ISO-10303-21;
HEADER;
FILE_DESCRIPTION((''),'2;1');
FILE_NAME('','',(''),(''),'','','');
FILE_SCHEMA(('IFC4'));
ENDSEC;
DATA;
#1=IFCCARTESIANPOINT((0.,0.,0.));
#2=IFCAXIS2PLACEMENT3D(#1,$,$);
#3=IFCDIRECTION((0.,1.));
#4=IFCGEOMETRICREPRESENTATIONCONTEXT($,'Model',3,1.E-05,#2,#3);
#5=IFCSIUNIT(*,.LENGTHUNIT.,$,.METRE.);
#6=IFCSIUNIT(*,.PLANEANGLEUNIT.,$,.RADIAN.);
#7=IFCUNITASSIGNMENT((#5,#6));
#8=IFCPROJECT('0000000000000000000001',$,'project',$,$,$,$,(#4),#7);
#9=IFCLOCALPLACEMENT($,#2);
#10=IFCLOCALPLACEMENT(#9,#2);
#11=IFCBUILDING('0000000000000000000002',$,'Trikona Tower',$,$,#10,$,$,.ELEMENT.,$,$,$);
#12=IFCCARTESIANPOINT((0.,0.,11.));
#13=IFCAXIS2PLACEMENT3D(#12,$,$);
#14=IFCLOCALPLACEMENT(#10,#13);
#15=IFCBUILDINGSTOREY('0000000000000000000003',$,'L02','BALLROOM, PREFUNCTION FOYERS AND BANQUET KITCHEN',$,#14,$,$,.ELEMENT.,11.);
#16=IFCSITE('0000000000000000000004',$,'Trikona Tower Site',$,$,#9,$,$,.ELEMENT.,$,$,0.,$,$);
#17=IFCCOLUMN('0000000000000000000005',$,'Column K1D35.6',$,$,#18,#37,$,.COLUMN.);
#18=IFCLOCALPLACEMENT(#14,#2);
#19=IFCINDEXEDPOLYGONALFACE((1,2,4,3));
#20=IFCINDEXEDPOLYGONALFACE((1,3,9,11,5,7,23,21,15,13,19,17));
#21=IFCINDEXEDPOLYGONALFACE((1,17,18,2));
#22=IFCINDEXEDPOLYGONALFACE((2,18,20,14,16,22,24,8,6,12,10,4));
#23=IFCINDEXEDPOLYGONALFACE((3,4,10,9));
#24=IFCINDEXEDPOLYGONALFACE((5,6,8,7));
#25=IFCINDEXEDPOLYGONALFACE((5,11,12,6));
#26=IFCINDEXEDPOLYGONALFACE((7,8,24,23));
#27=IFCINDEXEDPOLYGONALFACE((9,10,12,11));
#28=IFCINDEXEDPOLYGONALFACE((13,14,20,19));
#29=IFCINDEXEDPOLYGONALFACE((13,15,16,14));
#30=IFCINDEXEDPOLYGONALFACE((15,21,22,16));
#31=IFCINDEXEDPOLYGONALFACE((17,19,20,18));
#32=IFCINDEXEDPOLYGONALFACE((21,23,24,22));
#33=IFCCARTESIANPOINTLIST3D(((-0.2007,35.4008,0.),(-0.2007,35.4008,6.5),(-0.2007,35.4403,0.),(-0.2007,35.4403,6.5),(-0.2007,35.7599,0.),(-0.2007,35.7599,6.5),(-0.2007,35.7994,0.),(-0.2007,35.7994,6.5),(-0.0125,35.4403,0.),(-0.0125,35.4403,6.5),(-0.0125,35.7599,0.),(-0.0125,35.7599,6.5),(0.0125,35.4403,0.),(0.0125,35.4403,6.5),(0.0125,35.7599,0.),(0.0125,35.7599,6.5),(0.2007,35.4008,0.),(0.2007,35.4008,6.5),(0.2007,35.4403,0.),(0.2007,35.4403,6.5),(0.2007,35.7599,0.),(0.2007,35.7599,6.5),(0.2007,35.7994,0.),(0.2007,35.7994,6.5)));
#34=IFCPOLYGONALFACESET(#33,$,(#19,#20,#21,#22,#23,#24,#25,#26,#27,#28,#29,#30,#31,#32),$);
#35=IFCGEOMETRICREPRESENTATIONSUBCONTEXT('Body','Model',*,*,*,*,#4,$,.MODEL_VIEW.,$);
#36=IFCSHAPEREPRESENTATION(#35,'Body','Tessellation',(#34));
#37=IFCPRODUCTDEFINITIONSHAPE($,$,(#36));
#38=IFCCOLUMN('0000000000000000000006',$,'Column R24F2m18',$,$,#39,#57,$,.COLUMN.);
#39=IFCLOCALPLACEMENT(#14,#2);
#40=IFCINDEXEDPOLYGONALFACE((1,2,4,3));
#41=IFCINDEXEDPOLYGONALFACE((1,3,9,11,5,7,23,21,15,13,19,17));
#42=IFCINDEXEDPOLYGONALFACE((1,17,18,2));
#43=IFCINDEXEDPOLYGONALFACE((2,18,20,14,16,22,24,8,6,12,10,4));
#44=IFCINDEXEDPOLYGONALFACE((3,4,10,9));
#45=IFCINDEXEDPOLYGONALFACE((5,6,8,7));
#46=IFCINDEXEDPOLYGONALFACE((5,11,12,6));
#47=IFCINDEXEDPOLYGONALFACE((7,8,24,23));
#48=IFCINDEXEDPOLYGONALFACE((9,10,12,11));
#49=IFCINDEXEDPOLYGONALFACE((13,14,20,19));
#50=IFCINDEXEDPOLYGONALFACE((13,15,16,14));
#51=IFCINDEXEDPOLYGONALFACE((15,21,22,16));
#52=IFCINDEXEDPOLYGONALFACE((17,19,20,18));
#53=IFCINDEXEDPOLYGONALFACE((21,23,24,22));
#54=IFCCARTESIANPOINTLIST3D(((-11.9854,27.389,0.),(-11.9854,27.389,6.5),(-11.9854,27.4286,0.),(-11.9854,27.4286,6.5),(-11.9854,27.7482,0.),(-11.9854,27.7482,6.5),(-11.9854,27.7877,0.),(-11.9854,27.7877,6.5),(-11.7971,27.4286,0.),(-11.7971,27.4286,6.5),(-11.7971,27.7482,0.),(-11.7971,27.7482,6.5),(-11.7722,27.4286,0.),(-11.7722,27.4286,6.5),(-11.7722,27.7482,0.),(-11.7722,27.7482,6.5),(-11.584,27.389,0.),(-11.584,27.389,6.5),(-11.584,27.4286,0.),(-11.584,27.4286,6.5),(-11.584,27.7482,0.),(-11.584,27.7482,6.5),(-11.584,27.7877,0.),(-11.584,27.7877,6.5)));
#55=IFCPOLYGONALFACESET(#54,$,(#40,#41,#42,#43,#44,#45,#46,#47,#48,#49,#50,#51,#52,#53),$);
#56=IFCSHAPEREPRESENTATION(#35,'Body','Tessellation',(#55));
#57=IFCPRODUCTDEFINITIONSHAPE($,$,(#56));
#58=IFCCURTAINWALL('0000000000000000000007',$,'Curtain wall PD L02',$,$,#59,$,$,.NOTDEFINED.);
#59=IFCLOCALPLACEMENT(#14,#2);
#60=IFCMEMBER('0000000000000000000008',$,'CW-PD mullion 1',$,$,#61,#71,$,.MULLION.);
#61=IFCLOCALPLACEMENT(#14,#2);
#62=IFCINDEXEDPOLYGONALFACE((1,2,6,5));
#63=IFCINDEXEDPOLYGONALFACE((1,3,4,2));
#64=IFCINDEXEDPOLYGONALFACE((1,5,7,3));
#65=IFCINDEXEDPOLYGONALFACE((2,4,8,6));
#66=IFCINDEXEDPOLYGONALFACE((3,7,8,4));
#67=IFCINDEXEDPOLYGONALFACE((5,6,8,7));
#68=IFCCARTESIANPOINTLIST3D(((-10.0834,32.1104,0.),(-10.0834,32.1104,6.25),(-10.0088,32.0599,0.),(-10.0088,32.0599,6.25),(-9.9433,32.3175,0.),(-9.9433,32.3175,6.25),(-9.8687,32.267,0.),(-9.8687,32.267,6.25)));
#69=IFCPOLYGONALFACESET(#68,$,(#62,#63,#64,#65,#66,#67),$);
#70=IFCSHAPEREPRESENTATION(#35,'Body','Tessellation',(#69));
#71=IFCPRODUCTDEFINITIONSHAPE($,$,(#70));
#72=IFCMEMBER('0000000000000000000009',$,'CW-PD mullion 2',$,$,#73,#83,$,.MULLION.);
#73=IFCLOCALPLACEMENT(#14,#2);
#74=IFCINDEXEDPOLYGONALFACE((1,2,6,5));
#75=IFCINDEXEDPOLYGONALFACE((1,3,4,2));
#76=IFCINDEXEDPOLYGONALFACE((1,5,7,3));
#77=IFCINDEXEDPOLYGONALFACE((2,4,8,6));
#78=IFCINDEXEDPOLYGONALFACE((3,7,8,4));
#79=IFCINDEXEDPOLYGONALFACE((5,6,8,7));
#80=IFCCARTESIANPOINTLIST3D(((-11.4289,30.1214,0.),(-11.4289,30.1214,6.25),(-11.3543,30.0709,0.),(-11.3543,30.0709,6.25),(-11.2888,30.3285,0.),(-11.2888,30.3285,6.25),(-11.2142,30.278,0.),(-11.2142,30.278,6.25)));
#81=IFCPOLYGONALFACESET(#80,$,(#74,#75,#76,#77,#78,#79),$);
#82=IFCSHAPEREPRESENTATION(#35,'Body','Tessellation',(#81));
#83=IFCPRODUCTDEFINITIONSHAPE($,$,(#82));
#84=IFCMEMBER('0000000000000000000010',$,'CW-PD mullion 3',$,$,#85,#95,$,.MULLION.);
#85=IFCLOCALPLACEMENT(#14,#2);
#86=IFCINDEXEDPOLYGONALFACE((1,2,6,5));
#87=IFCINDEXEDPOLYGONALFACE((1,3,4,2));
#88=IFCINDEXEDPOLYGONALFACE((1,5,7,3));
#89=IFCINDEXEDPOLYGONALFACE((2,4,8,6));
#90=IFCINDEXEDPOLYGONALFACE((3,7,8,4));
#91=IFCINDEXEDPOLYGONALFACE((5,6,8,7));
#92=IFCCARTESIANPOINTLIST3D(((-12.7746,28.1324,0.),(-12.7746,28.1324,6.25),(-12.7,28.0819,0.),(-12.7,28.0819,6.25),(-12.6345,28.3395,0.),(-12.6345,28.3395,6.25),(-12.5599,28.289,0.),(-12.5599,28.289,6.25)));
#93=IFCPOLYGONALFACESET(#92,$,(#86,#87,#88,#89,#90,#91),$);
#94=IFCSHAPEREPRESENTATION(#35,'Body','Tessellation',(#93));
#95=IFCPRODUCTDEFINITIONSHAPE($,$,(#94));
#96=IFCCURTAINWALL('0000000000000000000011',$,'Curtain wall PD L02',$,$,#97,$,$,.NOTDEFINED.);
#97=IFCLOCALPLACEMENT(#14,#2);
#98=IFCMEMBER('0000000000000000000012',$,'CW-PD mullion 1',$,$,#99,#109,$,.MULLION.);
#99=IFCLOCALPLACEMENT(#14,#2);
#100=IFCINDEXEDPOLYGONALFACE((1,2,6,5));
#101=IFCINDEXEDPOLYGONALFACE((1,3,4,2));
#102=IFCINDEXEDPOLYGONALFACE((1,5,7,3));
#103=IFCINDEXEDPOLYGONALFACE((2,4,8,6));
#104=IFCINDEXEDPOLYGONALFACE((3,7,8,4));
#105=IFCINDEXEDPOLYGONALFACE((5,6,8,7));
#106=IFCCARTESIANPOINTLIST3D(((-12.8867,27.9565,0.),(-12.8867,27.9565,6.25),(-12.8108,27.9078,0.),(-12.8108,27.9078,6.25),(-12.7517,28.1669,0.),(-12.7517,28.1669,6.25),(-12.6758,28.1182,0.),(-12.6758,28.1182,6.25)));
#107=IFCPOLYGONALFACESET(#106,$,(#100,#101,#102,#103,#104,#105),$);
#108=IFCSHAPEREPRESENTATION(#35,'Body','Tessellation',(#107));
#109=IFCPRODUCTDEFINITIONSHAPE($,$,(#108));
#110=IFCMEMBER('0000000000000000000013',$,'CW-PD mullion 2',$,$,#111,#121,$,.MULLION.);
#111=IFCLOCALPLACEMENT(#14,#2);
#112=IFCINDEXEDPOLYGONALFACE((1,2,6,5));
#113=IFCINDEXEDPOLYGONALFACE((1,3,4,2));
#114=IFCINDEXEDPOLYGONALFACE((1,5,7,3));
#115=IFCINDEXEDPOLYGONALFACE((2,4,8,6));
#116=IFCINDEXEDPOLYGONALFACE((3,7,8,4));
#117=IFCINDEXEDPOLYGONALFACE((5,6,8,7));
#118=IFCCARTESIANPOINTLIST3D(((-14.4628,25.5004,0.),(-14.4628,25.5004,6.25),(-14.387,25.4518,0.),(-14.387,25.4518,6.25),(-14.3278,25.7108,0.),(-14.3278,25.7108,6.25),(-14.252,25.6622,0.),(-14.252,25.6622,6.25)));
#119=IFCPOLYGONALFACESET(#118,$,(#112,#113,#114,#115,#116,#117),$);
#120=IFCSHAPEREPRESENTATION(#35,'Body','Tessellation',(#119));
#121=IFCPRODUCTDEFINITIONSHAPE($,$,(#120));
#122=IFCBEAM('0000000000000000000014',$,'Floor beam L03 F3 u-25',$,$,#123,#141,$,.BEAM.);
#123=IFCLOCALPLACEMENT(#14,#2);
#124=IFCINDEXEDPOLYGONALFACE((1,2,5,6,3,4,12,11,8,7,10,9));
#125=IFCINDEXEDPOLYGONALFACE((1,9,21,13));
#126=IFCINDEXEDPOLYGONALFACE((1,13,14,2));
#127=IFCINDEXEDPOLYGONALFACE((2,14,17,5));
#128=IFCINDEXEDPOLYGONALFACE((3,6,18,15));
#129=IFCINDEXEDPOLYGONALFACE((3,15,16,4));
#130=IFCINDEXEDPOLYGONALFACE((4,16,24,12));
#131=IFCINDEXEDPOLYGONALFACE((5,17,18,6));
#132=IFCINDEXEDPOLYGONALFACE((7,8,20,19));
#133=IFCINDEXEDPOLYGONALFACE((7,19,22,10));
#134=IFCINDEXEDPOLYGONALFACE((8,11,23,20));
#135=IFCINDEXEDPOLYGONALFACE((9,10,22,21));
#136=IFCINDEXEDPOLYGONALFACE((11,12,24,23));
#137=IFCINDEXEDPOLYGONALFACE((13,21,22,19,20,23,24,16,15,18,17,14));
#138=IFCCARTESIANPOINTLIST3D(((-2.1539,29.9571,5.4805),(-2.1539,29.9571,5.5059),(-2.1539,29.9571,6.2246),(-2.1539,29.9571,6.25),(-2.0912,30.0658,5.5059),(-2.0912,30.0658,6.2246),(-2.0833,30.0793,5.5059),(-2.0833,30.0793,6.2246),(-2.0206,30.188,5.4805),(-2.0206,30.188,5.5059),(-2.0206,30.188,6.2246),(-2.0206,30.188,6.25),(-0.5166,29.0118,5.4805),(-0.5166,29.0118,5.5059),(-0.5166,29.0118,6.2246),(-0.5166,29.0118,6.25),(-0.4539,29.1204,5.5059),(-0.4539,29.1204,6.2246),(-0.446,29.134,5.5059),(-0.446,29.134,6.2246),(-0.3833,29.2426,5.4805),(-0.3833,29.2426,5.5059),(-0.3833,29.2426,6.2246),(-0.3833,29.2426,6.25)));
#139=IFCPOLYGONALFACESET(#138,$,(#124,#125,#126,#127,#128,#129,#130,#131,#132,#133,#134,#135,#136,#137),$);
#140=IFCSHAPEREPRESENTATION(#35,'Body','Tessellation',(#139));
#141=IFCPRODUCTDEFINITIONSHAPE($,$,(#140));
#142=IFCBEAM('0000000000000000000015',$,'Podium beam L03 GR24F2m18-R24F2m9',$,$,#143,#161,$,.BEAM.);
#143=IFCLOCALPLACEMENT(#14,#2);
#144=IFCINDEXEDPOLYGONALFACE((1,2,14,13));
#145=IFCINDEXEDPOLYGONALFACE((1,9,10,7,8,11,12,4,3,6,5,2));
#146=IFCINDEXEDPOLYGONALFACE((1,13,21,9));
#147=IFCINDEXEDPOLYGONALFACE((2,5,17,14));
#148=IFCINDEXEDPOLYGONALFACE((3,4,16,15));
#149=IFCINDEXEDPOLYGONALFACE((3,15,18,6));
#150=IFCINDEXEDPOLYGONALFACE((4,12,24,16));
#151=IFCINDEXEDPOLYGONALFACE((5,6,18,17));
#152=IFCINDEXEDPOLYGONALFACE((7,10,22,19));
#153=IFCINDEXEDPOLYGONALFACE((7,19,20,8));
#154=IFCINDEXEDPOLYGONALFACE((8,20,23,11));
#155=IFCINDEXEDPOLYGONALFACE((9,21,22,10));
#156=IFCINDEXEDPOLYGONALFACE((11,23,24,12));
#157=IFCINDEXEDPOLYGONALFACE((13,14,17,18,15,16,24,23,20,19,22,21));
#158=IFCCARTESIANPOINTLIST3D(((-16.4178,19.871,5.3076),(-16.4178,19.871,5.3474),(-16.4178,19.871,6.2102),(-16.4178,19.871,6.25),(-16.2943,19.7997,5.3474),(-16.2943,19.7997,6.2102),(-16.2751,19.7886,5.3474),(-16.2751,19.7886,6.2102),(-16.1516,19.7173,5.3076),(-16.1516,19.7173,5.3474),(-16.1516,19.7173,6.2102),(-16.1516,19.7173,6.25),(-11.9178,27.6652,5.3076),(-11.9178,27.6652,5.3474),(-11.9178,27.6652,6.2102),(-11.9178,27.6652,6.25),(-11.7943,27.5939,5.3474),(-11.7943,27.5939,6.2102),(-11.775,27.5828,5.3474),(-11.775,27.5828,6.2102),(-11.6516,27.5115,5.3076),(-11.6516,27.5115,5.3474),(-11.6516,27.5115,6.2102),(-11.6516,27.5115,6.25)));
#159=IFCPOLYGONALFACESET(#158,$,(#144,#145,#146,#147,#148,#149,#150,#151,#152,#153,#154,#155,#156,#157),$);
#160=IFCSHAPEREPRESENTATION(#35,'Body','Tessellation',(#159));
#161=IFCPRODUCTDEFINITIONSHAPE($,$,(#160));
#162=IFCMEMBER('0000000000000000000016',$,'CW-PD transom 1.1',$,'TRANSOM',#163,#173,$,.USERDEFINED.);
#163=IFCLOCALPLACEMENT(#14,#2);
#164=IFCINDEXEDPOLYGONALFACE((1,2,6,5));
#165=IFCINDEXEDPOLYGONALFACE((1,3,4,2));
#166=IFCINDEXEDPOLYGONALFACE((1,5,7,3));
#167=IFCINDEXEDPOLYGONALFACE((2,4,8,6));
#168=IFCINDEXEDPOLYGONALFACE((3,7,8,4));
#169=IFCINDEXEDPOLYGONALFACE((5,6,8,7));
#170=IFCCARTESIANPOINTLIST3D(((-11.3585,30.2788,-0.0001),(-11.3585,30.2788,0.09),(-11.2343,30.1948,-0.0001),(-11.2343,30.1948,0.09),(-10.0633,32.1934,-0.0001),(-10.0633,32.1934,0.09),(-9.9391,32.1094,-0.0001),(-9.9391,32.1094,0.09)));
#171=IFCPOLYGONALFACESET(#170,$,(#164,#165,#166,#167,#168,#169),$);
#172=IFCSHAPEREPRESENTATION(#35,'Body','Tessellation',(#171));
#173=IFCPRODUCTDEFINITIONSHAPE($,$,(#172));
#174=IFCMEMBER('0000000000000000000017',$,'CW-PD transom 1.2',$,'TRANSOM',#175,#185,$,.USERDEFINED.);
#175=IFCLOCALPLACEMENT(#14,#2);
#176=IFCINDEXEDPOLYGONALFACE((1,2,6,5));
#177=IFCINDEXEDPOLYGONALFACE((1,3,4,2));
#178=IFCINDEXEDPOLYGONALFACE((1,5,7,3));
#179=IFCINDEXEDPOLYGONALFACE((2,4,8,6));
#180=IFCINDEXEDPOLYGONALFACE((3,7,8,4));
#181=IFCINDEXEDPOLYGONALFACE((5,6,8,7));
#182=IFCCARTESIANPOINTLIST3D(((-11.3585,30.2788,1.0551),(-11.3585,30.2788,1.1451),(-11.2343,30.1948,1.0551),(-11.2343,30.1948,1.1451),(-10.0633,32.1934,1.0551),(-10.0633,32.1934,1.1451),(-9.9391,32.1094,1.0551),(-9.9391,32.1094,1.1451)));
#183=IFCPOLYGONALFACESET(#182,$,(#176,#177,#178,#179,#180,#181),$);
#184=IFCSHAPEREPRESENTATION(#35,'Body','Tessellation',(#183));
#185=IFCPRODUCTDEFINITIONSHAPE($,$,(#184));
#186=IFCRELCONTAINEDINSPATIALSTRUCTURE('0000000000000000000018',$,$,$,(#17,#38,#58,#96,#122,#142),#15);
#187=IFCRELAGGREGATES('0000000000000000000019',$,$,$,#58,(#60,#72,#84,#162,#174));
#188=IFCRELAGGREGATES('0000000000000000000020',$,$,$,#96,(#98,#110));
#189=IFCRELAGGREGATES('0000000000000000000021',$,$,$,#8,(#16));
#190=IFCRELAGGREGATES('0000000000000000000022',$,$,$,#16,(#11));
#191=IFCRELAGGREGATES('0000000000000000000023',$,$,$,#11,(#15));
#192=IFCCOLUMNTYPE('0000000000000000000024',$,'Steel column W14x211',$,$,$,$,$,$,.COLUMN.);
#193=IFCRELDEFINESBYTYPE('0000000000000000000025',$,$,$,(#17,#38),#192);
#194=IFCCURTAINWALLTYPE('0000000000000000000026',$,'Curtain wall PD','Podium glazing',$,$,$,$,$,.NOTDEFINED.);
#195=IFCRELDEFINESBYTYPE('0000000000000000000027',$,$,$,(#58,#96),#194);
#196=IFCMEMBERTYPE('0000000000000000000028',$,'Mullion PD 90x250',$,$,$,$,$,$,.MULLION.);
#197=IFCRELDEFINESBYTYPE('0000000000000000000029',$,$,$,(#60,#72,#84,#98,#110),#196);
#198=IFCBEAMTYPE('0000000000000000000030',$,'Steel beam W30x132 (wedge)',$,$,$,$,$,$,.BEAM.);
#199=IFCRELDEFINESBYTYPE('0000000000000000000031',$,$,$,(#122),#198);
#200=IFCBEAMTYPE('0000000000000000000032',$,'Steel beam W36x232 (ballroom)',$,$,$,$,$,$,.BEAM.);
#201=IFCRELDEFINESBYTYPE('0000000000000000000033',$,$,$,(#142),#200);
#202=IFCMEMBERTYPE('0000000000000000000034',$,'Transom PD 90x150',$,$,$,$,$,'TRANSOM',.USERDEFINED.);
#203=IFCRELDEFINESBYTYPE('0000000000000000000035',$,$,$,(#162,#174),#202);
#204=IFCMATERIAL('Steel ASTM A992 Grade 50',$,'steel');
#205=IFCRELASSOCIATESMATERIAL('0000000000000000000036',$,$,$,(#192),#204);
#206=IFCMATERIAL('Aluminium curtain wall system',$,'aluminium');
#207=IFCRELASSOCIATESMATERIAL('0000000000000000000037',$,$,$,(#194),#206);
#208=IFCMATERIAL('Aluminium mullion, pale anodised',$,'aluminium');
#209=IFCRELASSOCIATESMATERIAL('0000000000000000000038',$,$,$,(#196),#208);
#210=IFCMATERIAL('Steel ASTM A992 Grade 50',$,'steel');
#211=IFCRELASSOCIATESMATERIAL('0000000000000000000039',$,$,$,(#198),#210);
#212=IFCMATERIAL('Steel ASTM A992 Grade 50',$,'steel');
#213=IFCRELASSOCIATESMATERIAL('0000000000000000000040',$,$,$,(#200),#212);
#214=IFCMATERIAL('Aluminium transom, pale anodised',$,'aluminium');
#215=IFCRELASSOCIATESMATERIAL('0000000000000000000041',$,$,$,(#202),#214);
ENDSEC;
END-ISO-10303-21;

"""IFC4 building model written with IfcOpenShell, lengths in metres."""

from ifc_helpers import new_model, si_unit, direction, frame, origin, origin_2d, place, context, subcontext, project, spatial, rectangle, i_section, extrude, material, material_profile, profile_set, type_object, element, aggregate, save


model = new_model("IFC4")

# Units and contexts
model_context = context("Model", 3, precision=1e-05, world=origin(), true_north=direction((0.0, 1.0)))
body_context = subcontext(model_context, "Body", "Model", "MODEL_VIEW")
ifc_project = project(units=[si_unit("LENGTHUNIT", "METRE"), si_unit("PLANEANGLEUNIT", "RADIAN")], contexts=[model_context])

# Site, building, storey
site_placement = place(None, origin())
site = spatial("IfcSite", under=ifc_project, at=site_placement, Name="Trikona Tower Site", CompositionType="ELEMENT", RefElevation=0.0)
building_placement = place(site_placement, origin())
building = spatial("IfcBuilding", under=site, at=building_placement, Name="Trikona Tower", CompositionType="ELEMENT")
storey_placement = place(building_placement, frame((0.0, 0.0, 11.0)))
storey = spatial("IfcBuildingStorey", under=building, at=storey_placement, Name="L02", Description="BALLROOM, PREFUNCTION FOYERS AND BANQUET KITCHEN", CompositionType="ELEMENT", Elevation=11.0)

# Columns
ifc_material_1 = material(Name="Steel ASTM A992 Grade 50", Category="steel")
ifc_material_profile_1 = material_profile(ifc_material_1, i_section(OverallWidth=0.4014, OverallDepth=0.3987, WebThickness=0.0249, FlangeThickness=0.0396, at=origin_2d()), Name="W14X211")
ifc_profile_set_1 = profile_set([ifc_material_profile_1], Name="Steel ASTM A992 Grade 50")
column_type = type_object("IfcColumnType", Name="Steel column W14x211", PredefinedType="COLUMN", material=ifc_profile_set_1)
for number, where, z_axis, x_axis, name in (
    (1, (0.0, 35.6001, 0.0), (0.0, 0.0, 1.0), (1.0, 0.0, 0.0), "Column K1D35.6"),
    (2, (-11.7847, 27.5884, 0.0), (0.0, 0.0, 1.0), (1.0, 0.0, 0.0), "Column R24F2m18"),
):
    element("IfcColumn", number, at=place(storey_placement, frame(where, z_axis=z_axis, x_axis=x_axis)), inside=storey, type_object=column_type, Name=name, PredefinedType="COLUMN", context=body_context, shape_type="SweptSolid", body=[
        extrude(i_section(OverallWidth=0.4014, OverallDepth=0.3987, WebThickness=0.0249, FlangeThickness=0.0396, at=origin_2d()), origin(), (0.0, 0.0, 1.0), 6.5),
    ])

# Curtain walls, members
ifc_material_2 = material(Name="Aluminium curtain wall system", Category="aluminium")
curtain_wall_type = type_object("IfcCurtainWallType", Name="Curtain wall PD", Description="Podium glazing", PredefinedType="NOTDEFINED", material=ifc_material_2)
curtain_wall_1_placement = place(storey_placement, origin())
curtain_wall_1 = element("IfcCurtainWall", 3, at=curtain_wall_1_placement, inside=storey, type_object=curtain_wall_type, Name="Curtain wall PD L02", PredefinedType="NOTDEFINED")
ifc_material_3 = material(Name="Aluminium mullion, pale anodised", Category="aluminium")
ifc_material_profile_2 = material_profile(ifc_material_3, rectangle(XDim=0.0901, YDim=0.25, at=origin_2d()), Name="MUL-PD")
ifc_profile_set_2 = profile_set([ifc_material_profile_2], Name="Aluminium mullion, pale anodised")
member_type_1 = type_object("IfcMemberType", Name="Mullion PD 90x250", PredefinedType="MULLION", material=ifc_profile_set_2)
member_1_placement = place(storey_placement, frame((-9.9761, 32.1887, 0.0), z_axis=(0.0, 0.0, 1.0), x_axis=(0.828264, -0.560338, 0.0)))
member_1 = element("IfcMember", 4, at=member_1_placement, type_object=member_type_1, Name="CW-PD mullion 1", PredefinedType="MULLION", context=body_context, shape_type="SweptSolid", body=[
    extrude(rectangle(XDim=0.0901, YDim=0.25, at=origin_2d()), origin(), (0.0, 0.0, 1.0), 6.25),
])
member_2_placement = place(storey_placement, frame((-11.3215, 30.1997, 0.0), z_axis=(0.0, 0.0, 1.0), x_axis=(0.828264, -0.560338, 0.0)))
member_2 = element("IfcMember", 5, at=member_2_placement, type_object=member_type_1, Name="CW-PD mullion 2", PredefinedType="MULLION", context=body_context, shape_type="SweptSolid", body=[
    extrude(rectangle(XDim=0.0901, YDim=0.25, at=origin_2d()), origin(), (0.0, 0.0, 1.0), 6.25),
])
member_3_placement = place(storey_placement, frame((-12.6672, 28.2107, 0.0), z_axis=(0.0, 0.0, 1.0), x_axis=(0.828264, -0.560338, 0.0)))
member_3 = element("IfcMember", 6, at=member_3_placement, type_object=member_type_1, Name="CW-PD mullion 3", PredefinedType="MULLION", context=body_context, shape_type="SweptSolid", body=[
    extrude(rectangle(XDim=0.0901, YDim=0.25, at=origin_2d()), origin(), (0.0, 0.0, 1.0), 6.25),
])
curtain_wall_2_placement = place(storey_placement, origin())
curtain_wall_2 = element("IfcCurtainWall", 7, at=curtain_wall_2_placement, inside=storey, type_object=curtain_wall_type, Name="Curtain wall PD L02", PredefinedType="NOTDEFINED")
member_4_placement = place(storey_placement, frame((-12.7812, 28.0374, 0.0), z_axis=(0.0, 0.0, 1.0), x_axis=(0.841623, -0.540066, 0.0)))
member_4 = element("IfcMember", 8, at=member_4_placement, type_object=member_type_1, Name="CW-PD mullion 1", PredefinedType="MULLION", context=body_context, shape_type="SweptSolid", body=[
    extrude(rectangle(XDim=0.0901, YDim=0.25, at=origin_2d()), origin(), (0.0, 0.0, 1.0), 6.25),
])
member_5_placement = place(storey_placement, frame((-14.3574, 25.5813, 0.0), z_axis=(0.0, 0.0, 1.0), x_axis=(0.841623, -0.540066, 0.0)))
member_5 = element("IfcMember", 9, at=member_5_placement, type_object=member_type_1, Name="CW-PD mullion 2", PredefinedType="MULLION", context=body_context, shape_type="SweptSolid", body=[
    extrude(rectangle(XDim=0.0901, YDim=0.25, at=origin_2d()), origin(), (0.0, 0.0, 1.0), 6.25),
])

# Beams
ifc_material_4 = material(Name="Steel ASTM A992 Grade 50", Category="steel")
ifc_material_profile_3 = material_profile(ifc_material_4, i_section(OverallWidth=0.2666, OverallDepth=0.7695, WebThickness=0.0156, FlangeThickness=0.0254, at=origin_2d()), Name="W30X132")
ifc_profile_set_3 = profile_set([ifc_material_profile_3], Name="Steel ASTM A992 Grade 50")
beam_type_1 = type_object("IfcBeamType", Name="Steel beam W30x132 (wedge)", PredefinedType="BEAM", material=ifc_profile_set_3)
beam_1_placement = place(storey_placement, frame((-0.45, 29.1272, 5.8652), z_axis=(-0.866009, 0.500028, 0.0), x_axis=(-0.500028, -0.866009, 0.0)))
element("IfcBeam", 10, at=beam_1_placement, inside=storey, type_object=beam_type_1, Name="Floor beam L03 F3 u-25", PredefinedType="BEAM", context=body_context, shape_type="SweptSolid", body=[
    extrude(i_section(OverallWidth=0.2666, OverallDepth=0.7695, WebThickness=0.0156, FlangeThickness=0.0254, at=origin_2d()), origin(), (0.0, 0.0, 1.0), 1.8906),
])
ifc_material_5 = material(Name="Steel ASTM A992 Grade 50", Category="steel")
ifc_material_profile_4 = material_profile(ifc_material_5, i_section(OverallWidth=0.3074, OverallDepth=0.9424, WebThickness=0.0222, FlangeThickness=0.0398, at=origin_2d()), Name="W36X232")
ifc_profile_set_4 = profile_set([ifc_material_profile_4], Name="Steel ASTM A992 Grade 50")
beam_type_2 = type_object("IfcBeamType", Name="Steel beam W36x232 (ballroom)", PredefinedType="BEAM", material=ifc_profile_set_4)
beam_2_placement = place(storey_placement, frame((-11.7847, 27.5884, 5.7788), z_axis=(-0.500002, -0.866024, 0.0), x_axis=(0.866024, -0.500002, 0.0)))
element("IfcBeam", 11, at=beam_2_placement, inside=storey, type_object=beam_type_2, Name="Podium beam L03 GR24F2m18-R24F2m9", PredefinedType="BEAM", context=body_context, shape_type="SweptSolid", body=[
    extrude(i_section(OverallWidth=0.3074, OverallDepth=0.9424, WebThickness=0.0222, FlangeThickness=0.0398, at=origin_2d()), origin(), (0.0, 0.0, 1.0), 9.0),
])

# Members
ifc_material_6 = material(Name="Aluminium transom, pale anodised", Category="aluminium")
ifc_material_profile_5 = material_profile(ifc_material_6, rectangle(XDim=0.1499, YDim=0.0901, at=origin_2d()), Name="TRN-PD")
ifc_profile_set_5 = profile_set([ifc_material_profile_5], Name="Aluminium transom, pale anodised")
member_type_2 = type_object("IfcMemberType", Name="Transom PD 90x150", ElementType="TRANSOM", PredefinedType="USERDEFINED", material=ifc_profile_set_5)
member_6_placement = place(storey_placement, frame((-10.0012, 32.1514, 0.0449), z_axis=(-0.560318, -0.828278, 0.0), x_axis=(0.828278, -0.560318, 0.0)))
member_6 = element("IfcMember", 12, at=member_6_placement, type_object=member_type_2, Name="CW-PD transom 1.1", ObjectType="TRANSOM", PredefinedType="USERDEFINED", context=body_context, shape_type="SweptSolid", body=[
    extrude(rectangle(XDim=0.1499, YDim=0.0901, at=origin_2d()), origin(), (0.0, 0.0, 1.0), 2.3115),
])
member_7_placement = place(storey_placement, frame((-10.0012, 32.1514, 1.1001), z_axis=(-0.560318, -0.828278, 0.0), x_axis=(0.828278, -0.560318, 0.0)))
member_7 = element("IfcMember", 13, at=member_7_placement, type_object=member_type_2, Name="CW-PD transom 1.2", ObjectType="TRANSOM", PredefinedType="USERDEFINED", context=body_context, shape_type="SweptSolid", body=[
    extrude(rectangle(XDim=0.1499, YDim=0.0901, at=origin_2d()), origin(), (0.0, 0.0, 1.0), 2.3115),
])

aggregate(curtain_wall_1, [member_1, member_2, member_3, member_6, member_7])
aggregate(curtain_wall_2, [member_4, member_5])

save(model, "model.ifc")
